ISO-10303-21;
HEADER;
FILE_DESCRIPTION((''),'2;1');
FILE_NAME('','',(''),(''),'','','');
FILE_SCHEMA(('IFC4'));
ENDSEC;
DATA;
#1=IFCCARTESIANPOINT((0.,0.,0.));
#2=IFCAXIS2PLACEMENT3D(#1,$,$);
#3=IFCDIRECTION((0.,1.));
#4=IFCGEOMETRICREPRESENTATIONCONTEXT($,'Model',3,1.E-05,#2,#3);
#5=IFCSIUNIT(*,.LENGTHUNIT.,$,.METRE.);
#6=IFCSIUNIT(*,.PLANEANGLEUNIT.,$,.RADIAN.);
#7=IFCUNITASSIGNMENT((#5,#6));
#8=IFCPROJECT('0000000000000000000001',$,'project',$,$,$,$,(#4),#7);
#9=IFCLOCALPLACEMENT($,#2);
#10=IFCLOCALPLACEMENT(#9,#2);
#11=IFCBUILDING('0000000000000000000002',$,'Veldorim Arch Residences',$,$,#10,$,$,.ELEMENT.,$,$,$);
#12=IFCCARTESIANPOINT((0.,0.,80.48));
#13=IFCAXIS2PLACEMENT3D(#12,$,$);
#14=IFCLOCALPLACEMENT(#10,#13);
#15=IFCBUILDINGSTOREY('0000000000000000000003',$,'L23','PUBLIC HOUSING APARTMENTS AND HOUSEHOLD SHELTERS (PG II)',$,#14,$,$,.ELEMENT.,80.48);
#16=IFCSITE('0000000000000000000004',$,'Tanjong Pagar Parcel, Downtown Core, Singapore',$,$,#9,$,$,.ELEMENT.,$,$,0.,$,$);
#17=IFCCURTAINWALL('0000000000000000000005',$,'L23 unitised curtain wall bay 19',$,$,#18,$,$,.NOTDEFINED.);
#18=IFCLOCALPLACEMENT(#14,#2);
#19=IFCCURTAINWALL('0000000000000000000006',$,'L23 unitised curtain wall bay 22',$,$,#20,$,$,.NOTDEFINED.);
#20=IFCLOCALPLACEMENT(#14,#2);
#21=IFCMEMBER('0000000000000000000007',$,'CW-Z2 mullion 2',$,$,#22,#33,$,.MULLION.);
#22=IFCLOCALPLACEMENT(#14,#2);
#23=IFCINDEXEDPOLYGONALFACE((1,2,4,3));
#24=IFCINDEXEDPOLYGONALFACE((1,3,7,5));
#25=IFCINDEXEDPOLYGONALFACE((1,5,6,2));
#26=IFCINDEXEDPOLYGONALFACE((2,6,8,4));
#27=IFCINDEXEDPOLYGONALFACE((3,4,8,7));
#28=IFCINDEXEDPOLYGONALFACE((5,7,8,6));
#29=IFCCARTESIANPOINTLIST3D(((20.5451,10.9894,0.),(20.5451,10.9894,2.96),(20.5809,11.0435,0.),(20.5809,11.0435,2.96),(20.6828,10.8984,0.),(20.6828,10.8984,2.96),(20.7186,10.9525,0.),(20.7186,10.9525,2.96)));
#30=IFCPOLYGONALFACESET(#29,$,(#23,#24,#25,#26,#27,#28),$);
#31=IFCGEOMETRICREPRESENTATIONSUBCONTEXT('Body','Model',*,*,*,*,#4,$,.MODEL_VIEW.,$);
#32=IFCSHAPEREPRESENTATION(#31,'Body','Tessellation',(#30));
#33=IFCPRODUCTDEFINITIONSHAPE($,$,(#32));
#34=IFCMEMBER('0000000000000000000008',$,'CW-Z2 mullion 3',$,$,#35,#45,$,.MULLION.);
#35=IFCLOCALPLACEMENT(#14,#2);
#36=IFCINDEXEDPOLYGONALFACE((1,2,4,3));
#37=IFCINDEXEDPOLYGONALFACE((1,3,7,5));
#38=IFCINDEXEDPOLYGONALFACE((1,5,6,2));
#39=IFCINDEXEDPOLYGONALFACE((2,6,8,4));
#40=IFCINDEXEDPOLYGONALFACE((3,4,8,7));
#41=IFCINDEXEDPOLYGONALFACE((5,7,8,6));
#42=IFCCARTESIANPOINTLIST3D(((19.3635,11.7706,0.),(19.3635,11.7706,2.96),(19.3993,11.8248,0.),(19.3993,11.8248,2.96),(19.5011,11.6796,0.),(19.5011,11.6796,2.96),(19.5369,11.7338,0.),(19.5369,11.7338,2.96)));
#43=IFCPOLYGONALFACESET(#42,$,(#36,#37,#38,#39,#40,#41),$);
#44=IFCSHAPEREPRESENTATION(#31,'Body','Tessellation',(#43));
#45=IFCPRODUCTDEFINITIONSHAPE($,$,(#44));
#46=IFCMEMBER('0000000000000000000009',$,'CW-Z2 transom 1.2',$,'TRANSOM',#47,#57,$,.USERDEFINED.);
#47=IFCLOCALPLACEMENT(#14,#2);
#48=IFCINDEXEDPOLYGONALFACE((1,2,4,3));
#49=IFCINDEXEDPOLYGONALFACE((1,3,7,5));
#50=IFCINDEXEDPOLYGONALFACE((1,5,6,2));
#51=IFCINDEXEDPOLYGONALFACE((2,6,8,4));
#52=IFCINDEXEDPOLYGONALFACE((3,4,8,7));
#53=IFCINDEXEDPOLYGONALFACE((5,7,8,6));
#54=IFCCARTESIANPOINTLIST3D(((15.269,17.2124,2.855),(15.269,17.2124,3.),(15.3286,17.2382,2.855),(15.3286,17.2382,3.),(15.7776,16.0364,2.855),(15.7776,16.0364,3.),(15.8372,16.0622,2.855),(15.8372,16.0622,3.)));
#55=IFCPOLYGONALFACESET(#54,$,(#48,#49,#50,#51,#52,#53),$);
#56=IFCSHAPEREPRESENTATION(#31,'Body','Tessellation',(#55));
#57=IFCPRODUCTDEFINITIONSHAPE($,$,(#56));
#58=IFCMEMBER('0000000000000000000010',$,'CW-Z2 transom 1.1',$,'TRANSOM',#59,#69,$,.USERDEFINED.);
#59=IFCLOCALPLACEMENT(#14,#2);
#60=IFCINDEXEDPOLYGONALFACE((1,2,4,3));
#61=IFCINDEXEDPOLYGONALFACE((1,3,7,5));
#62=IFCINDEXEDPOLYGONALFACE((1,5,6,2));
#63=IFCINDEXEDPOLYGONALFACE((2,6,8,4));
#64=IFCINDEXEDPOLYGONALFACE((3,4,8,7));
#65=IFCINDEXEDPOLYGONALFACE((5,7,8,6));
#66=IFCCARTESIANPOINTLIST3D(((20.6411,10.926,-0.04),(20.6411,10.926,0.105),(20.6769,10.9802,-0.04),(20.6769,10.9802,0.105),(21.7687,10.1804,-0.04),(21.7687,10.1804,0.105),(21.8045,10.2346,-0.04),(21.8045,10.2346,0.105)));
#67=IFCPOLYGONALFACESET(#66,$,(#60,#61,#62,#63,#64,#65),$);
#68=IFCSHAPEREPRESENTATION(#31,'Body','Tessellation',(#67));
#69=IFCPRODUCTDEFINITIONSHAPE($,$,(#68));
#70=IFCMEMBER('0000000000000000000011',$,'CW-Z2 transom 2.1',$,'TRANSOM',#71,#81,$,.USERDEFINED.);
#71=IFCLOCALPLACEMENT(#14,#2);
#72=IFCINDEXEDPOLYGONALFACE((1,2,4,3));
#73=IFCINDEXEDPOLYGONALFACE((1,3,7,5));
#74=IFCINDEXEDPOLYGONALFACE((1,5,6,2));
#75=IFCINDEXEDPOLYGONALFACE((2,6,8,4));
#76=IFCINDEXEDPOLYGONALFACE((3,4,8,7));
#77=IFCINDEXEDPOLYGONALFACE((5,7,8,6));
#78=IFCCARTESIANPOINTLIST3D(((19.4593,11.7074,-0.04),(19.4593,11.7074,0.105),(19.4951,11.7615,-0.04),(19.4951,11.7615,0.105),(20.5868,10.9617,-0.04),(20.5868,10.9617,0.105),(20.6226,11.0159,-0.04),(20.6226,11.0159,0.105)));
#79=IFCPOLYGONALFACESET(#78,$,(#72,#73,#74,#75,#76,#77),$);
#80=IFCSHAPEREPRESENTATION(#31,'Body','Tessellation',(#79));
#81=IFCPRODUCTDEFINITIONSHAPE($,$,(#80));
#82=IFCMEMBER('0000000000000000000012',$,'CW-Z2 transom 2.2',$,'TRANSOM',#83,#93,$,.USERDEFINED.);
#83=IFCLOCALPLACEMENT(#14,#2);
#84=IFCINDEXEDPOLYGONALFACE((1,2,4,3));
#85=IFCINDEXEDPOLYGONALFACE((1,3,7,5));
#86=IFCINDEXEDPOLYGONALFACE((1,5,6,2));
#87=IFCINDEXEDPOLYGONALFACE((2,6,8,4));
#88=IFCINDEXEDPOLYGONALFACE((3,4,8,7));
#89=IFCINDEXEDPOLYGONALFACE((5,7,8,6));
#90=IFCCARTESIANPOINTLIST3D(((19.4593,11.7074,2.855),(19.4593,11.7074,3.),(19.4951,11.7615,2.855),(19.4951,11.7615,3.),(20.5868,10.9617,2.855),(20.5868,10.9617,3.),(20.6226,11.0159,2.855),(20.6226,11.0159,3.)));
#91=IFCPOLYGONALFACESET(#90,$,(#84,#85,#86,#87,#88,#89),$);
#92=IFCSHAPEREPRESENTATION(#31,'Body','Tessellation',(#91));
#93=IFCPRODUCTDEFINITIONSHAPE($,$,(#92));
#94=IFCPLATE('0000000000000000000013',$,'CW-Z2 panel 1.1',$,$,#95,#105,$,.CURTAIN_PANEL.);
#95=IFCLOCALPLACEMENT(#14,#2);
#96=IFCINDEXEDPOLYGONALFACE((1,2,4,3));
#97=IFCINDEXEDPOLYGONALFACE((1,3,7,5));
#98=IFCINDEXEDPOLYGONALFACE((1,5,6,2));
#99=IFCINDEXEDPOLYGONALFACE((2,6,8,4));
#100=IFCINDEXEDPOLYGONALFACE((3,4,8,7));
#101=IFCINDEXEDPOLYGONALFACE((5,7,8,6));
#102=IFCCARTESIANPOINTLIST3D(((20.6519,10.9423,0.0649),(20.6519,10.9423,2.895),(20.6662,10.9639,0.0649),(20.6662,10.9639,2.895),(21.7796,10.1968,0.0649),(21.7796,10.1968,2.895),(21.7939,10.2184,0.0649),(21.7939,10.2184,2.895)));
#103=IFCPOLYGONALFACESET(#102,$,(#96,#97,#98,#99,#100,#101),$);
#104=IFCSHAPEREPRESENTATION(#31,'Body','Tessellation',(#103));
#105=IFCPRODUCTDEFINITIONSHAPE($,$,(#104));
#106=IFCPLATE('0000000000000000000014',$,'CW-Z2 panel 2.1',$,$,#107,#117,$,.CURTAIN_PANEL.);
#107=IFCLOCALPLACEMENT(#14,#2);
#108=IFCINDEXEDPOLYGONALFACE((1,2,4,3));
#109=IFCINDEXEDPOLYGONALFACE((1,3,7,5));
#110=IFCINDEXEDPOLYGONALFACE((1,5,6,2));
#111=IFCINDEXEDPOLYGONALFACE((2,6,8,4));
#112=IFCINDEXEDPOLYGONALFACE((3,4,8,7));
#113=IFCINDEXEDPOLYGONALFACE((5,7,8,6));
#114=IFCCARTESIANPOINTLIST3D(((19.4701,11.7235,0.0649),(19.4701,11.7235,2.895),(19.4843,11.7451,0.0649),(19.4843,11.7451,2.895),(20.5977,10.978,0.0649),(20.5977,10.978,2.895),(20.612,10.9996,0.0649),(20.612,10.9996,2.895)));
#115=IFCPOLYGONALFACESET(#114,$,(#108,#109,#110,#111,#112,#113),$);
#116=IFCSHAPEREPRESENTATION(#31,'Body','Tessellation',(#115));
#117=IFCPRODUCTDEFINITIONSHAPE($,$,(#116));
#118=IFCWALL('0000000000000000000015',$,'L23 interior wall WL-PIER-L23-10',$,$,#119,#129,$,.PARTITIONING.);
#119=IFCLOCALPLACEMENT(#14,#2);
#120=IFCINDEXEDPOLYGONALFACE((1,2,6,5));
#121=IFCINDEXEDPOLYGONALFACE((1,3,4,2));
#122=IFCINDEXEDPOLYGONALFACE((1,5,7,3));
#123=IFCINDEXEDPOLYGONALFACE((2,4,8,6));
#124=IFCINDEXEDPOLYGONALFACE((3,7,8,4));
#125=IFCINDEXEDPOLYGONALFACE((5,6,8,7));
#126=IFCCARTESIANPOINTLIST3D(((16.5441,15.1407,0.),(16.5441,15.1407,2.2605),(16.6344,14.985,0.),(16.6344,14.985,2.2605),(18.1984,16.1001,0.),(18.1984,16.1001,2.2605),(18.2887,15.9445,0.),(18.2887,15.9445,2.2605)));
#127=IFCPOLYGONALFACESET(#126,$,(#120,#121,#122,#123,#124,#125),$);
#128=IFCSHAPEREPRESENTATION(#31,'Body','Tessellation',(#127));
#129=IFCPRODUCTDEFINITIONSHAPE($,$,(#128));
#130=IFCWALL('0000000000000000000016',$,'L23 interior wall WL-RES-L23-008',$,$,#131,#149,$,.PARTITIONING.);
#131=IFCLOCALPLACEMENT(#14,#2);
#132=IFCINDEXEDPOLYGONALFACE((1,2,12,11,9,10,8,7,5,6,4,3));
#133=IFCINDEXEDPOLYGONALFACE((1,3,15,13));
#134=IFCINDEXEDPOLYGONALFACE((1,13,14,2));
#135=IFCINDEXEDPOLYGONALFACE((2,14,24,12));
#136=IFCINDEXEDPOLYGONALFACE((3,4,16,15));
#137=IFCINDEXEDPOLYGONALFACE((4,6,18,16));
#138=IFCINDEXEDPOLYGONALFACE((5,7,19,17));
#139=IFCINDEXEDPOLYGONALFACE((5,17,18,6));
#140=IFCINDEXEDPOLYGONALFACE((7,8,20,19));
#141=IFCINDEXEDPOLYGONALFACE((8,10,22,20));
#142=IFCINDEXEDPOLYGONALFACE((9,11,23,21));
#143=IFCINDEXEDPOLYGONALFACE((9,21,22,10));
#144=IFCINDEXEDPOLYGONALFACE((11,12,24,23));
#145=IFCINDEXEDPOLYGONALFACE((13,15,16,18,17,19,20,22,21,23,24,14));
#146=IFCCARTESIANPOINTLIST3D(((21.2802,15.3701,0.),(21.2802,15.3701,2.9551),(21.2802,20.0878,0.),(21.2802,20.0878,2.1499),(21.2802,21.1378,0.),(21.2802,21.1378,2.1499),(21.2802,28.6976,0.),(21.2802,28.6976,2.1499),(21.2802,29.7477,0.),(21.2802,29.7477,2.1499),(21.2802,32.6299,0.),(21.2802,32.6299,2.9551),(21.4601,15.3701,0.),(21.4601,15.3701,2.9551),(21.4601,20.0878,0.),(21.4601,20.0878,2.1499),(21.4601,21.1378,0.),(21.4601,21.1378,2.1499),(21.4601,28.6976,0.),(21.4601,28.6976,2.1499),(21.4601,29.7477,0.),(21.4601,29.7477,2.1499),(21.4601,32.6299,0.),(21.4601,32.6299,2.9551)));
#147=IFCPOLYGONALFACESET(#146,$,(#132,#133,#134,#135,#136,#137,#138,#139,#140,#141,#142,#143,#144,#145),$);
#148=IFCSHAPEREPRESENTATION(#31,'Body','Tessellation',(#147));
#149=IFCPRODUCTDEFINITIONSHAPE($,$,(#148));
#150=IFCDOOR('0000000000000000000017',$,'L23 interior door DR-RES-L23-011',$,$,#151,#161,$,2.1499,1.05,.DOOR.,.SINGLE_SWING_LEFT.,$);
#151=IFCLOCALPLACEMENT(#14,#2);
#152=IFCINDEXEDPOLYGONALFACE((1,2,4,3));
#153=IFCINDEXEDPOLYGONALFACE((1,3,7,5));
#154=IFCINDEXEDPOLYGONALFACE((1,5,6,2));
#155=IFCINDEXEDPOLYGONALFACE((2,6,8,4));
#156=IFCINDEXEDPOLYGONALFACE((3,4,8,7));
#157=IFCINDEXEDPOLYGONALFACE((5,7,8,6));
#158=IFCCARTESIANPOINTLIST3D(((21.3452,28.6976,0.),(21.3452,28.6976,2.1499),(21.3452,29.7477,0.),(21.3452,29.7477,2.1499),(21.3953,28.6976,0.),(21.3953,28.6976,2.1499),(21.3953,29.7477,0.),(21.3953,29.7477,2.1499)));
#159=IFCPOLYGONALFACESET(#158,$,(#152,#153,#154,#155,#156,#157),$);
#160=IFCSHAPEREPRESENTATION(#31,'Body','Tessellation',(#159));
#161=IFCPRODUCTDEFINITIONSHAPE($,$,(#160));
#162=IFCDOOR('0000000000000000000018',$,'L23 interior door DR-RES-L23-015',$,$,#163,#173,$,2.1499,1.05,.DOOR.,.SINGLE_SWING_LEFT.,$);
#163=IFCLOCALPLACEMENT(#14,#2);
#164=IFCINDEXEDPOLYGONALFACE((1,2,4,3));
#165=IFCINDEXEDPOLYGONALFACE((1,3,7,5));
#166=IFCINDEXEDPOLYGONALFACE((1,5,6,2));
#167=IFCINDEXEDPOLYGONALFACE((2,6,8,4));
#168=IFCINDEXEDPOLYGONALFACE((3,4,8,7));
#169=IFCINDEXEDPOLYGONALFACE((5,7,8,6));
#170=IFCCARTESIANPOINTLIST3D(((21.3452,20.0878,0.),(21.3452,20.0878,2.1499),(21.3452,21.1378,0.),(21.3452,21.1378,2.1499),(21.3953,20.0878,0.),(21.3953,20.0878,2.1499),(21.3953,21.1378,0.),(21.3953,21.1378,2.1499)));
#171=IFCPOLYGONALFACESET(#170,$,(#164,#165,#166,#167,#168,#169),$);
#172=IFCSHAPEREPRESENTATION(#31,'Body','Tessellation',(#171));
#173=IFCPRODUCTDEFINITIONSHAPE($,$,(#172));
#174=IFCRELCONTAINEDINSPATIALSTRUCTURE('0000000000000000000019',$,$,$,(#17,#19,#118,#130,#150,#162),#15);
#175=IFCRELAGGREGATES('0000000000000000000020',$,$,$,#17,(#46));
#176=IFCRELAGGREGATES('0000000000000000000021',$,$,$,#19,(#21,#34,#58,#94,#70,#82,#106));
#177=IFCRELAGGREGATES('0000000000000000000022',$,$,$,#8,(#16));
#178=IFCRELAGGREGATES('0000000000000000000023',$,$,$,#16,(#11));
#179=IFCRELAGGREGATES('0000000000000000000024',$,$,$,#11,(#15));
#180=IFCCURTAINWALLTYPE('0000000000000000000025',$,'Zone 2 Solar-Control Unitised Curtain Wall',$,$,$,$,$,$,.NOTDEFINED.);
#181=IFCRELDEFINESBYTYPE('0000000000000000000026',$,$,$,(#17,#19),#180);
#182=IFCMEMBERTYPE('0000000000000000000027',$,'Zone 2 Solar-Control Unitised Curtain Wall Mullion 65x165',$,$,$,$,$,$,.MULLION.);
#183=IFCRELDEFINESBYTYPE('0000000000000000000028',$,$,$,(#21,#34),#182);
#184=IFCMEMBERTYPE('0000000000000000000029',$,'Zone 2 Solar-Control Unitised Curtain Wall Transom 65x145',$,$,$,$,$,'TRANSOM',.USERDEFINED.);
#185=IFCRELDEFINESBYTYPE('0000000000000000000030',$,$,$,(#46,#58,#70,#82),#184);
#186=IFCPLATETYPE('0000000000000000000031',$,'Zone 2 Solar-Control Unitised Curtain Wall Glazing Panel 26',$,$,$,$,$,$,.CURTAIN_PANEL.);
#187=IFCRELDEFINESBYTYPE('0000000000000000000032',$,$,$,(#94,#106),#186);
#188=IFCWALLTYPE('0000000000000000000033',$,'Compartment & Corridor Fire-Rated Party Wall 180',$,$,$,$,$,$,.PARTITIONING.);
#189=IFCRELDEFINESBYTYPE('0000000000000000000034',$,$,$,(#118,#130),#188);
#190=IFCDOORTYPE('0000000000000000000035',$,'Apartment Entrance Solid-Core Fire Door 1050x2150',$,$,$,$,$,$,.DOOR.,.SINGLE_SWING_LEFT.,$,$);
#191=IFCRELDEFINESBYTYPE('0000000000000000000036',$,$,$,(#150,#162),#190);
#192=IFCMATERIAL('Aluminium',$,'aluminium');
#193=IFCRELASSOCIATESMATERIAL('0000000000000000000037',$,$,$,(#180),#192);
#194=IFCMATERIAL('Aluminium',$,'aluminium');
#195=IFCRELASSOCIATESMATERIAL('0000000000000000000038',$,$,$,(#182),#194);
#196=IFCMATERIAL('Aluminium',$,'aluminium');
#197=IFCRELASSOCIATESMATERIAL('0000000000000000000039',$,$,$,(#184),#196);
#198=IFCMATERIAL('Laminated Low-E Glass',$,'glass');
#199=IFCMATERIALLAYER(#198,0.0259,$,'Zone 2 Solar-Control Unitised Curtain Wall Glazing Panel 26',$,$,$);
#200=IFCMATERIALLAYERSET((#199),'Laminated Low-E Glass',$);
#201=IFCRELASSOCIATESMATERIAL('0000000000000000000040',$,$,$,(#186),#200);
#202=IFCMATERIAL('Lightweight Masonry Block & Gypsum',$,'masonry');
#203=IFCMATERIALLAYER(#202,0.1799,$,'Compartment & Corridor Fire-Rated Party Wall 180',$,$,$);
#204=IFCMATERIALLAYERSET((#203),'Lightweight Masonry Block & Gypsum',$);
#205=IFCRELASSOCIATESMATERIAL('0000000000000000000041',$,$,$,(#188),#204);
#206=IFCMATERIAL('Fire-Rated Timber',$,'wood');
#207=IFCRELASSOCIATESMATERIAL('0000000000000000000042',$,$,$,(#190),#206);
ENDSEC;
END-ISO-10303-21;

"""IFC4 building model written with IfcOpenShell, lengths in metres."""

from ifc_helpers import new_model, si_unit, direction, frame, frame_2d, origin, origin_2d, place, context, subcontext, project, spatial, rectangle, extrude, material, layer, layer_set, material_profile, profile_set, type_object, element, fill, aggregate, save


model = new_model("IFC4")

# Units and contexts
model_context = context("Model", 3, precision=1e-05, world=origin(), true_north=direction((0.0, 1.0)))
body_context = subcontext(model_context, "Body", "Model", "MODEL_VIEW")
ifc_project = project(units=[si_unit("LENGTHUNIT", "METRE"), si_unit("PLANEANGLEUNIT", "RADIAN")], contexts=[model_context])

# Site, building, storey
site_placement = place(None, origin())
site = spatial("IfcSite", under=ifc_project, at=site_placement, Name="Tanjong Pagar Parcel, Downtown Core, Singapore", CompositionType="ELEMENT", RefElevation=0.0)
building_placement = place(site_placement, origin())
building = spatial("IfcBuilding", under=site, at=building_placement, Name="Veldorim Arch Residences", CompositionType="ELEMENT")
storey_placement = place(building_placement, frame((0.0, 0.0, 80.48)))
storey = spatial("IfcBuildingStorey", under=building, at=storey_placement, Name="L23", Description="PUBLIC HOUSING APARTMENTS AND HOUSEHOLD SHELTERS (PG II)", CompositionType="ELEMENT", Elevation=80.48)

# Curtain wall
ifc_material_1 = material(Name="Aluminium", Category="aluminium")
curtain_wall_type = type_object("IfcCurtainWallType", Name="Zone 2 Solar-Control Unitised Curtain Wall", PredefinedType="NOTDEFINED", material=ifc_material_1)
curtain_wall_1_placement = place(storey_placement, origin())
curtain_wall_1 = element("IfcCurtainWall", 1, at=curtain_wall_1_placement, inside=storey, type_object=curtain_wall_type, Name="L23 unitised curtain wall bay 19", PredefinedType="NOTDEFINED")
ifc_material_2 = material(Name="Aluminium", Category="aluminium")
ifc_material_profile_1 = material_profile(ifc_material_2, rectangle(XDim=0.0649, YDim=0.165, at=origin_2d()), Name="ALU_MUL_65x165")
ifc_profile_set_1 = profile_set([ifc_material_profile_1], Name="Aluminium")
member_type_1 = type_object("IfcMemberType", Name="Zone 2 Solar-Control Unitised Curtain Wall Mullion 65x165", PredefinedType="MULLION", material=ifc_profile_set_1)

# Curtain wall, members
curtain_wall_2_placement = place(storey_placement, origin())
curtain_wall_2 = element("IfcCurtainWall", 2, at=curtain_wall_2_placement, inside=storey, type_object=curtain_wall_type, Name="L23 unitised curtain wall bay 22", PredefinedType="NOTDEFINED")
member_1_placement = place(storey_placement, frame((20.6318, 10.9709, 0.0), z_axis=(0.0, 0.0, 1.0), x_axis=(-0.551503, -0.834173, 0.0)))
member_1 = element("IfcMember", 3, at=member_1_placement, type_object=member_type_1, Name="CW-Z2 mullion 2", PredefinedType="MULLION", context=body_context, shape_type="SweptSolid", body=[
    extrude(rectangle(XDim=0.0649, YDim=0.165, at=origin_2d()), origin(), (0.0, 0.0, 1.0), 2.96),
])
member_2_placement = place(storey_placement, frame((19.4502, 11.7522, 0.0), z_axis=(0.0, 0.0, 1.0), x_axis=(-0.551503, -0.834173, 0.0)))
member_2 = element("IfcMember", 4, at=member_2_placement, type_object=member_type_1, Name="CW-Z2 mullion 3", PredefinedType="MULLION", context=body_context, shape_type="SweptSolid", body=[
    extrude(rectangle(XDim=0.0649, YDim=0.165, at=origin_2d()), origin(), (0.0, 0.0, 1.0), 2.96),
])

# Members
ifc_material_3 = material(Name="Aluminium", Category="aluminium")
ifc_material_profile_2 = material_profile(ifc_material_3, rectangle(XDim=0.0649, YDim=0.145, at=origin_2d()), Name="ALU_TRN_65x145")
ifc_profile_set_2 = profile_set([ifc_material_profile_2], Name="Aluminium")
member_type_2 = type_object("IfcMemberType", Name="Zone 2 Solar-Control Unitised Curtain Wall Transom 65x145", ElementType="TRANSOM", PredefinedType="USERDEFINED", material=ifc_profile_set_2)
member_3_placement = place(storey_placement, frame((15.8074, 16.0493, 2.9275), z_axis=(-0.396907, 0.917859, 0.0), x_axis=(-0.917859, -0.396907, 0.0)))
member_3 = element("IfcMember", 5, at=member_3_placement, type_object=member_type_2, Name="CW-Z2 transom 1.2", ObjectType="TRANSOM", PredefinedType="USERDEFINED", context=body_context, shape_type="SweptSolid", body=[
    extrude(rectangle(XDim=0.0649, YDim=0.145, at=origin_2d()), origin(), (0.0, 0.0, 1.0), 1.2812),
])
aggregate(curtain_wall_1, [member_3])
member_4_placement = place(storey_placement, frame((21.7866, 10.2075, 0.0325), z_axis=(-0.834156, 0.551529, 0.0), x_axis=(-0.551529, -0.834156, 0.0)))
member_4 = element("IfcMember", 6, at=member_4_placement, type_object=member_type_2, Name="CW-Z2 transom 1.1", ObjectType="TRANSOM", PredefinedType="USERDEFINED", context=body_context, shape_type="SweptSolid", body=[
    extrude(rectangle(XDim=0.0649, YDim=0.145, at=origin_2d()), origin(), (0.0, 0.0, 1.0), 1.3518),
])
member_5_placement = place(storey_placement, frame((20.6047, 10.9888, 0.0325), z_axis=(-0.834101, 0.551612, 0.0), x_axis=(-0.551612, -0.834101, 0.0)))
member_5 = element("IfcMember", 7, at=member_5_placement, type_object=member_type_2, Name="CW-Z2 transom 2.1", ObjectType="TRANSOM", PredefinedType="USERDEFINED", context=body_context, shape_type="SweptSolid", body=[
    extrude(rectangle(XDim=0.0649, YDim=0.145, at=origin_2d()), origin(), (0.0, 0.0, 1.0), 1.3518),
])
member_6_placement = place(storey_placement, frame((20.6047, 10.9888, 2.9275), z_axis=(-0.834101, 0.551612, 0.0), x_axis=(-0.551612, -0.834101, 0.0)))
member_6 = element("IfcMember", 8, at=member_6_placement, type_object=member_type_2, Name="CW-Z2 transom 2.2", ObjectType="TRANSOM", PredefinedType="USERDEFINED", context=body_context, shape_type="SweptSolid", body=[
    extrude(rectangle(XDim=0.0649, YDim=0.145, at=origin_2d()), origin(), (0.0, 0.0, 1.0), 1.3518),
])

# Plates
ifc_material_4 = material(Name="Laminated Low-E Glass", Category="glass")
ifc_layer_1 = layer(ifc_material_4, 0.0259, Name="Zone 2 Solar-Control Unitised Curtain Wall Glazing Panel 26")
ifc_layer_set_1 = layer_set([ifc_layer_1], Name="Laminated Low-E Glass")
plate_type = type_object("IfcPlateType", Name="Zone 2 Solar-Control Unitised Curtain Wall Glazing Panel 26", PredefinedType="CURTAIN_PANEL", material=ifc_layer_set_1)
plate_1_placement = place(storey_placement, frame((21.2229, 10.5803, 0.0649), z_axis=(0.0, 0.0, 1.0), x_axis=(-0.834173, 0.551503, 0.0)))
plate_1 = element("IfcPlate", 9, at=plate_1_placement, type_object=plate_type, Name="CW-Z2 panel 1.1", PredefinedType="CURTAIN_PANEL", context=body_context, shape_type="SweptSolid", body=[
    extrude(rectangle(XDim=1.3518, YDim=0.0259, at=origin_2d()), origin(), (0.0, 0.0, 1.0), 2.8301),
])
plate_2_placement = place(storey_placement, frame((20.041, 11.3616, 0.0649), z_axis=(0.0, 0.0, 1.0), x_axis=(-0.834173, 0.551503, 0.0)))
plate_2 = element("IfcPlate", 10, at=plate_2_placement, type_object=plate_type, Name="CW-Z2 panel 2.1", PredefinedType="CURTAIN_PANEL", context=body_context, shape_type="SweptSolid", body=[
    extrude(rectangle(XDim=1.3518, YDim=0.0259, at=origin_2d()), origin(), (0.0, 0.0, 1.0), 2.8301),
])
aggregate(curtain_wall_2, [member_1, member_2, member_4, plate_1, member_5, member_6, plate_2])

# Wall
ifc_material_5 = material(Name="Lightweight Masonry Block & Gypsum", Category="masonry")
ifc_layer_2 = layer(ifc_material_5, 0.1799, Name="Compartment & Corridor Fire-Rated Party Wall 180")
ifc_layer_set_2 = layer_set([ifc_layer_2], Name="Lightweight Masonry Block & Gypsum")
wall_type_1 = type_object("IfcWallType", Name="Compartment & Corridor Fire-Rated Party Wall 180", PredefinedType="PARTITIONING", material=ifc_layer_set_2)
wall_1_placement = place(storey_placement, frame((18.2434, 16.0222, 0.0), z_axis=(0.0, 0.0, 1.0), x_axis=(-0.865036, -0.50171, 0.0)))
element("IfcWall", 11, at=wall_1_placement, inside=storey, type_object=wall_type_1, Name="L23 interior wall WL-PIER-L23-10", PredefinedType="PARTITIONING", context=body_context, shape_type="SweptSolid", body=[
    extrude(rectangle(XDim=1.9124, YDim=0.1799, at=frame_2d((0.9561, 0.0))), origin(), (0.0, 0.0, 1.0), 2.2605),
])

# Wall, openings, doors
wall_2_placement = place(storey_placement, frame((21.3701, 15.3701, 0.0), z_axis=(0.0, 0.0, 1.0), x_axis=(0.0, 1.0, 0.0)))
wall_2 = element("IfcWall", 12, at=wall_2_placement, inside=storey, type_object=wall_type_1, Name="L23 interior wall WL-RES-L23-008", PredefinedType="PARTITIONING", context=body_context, shape_type="SweptSolid", body=[
    extrude(rectangle(XDim=17.2598, YDim=0.1799, at=frame_2d((8.6299, 0.0))), origin(), (0.0, 0.0, 1.0), 2.9551),
])
opening_1_placement = place(wall_2_placement, frame((13.3276, 0.0, 0.0)))
opening_1 = element("IfcOpeningElement", 13, at=opening_1_placement, cuts=wall_2, PredefinedType="OPENING", context=body_context, shape_type="SweptSolid", body=[
    extrude(rectangle(XDim=1.05, YDim=2.1499, at=frame_2d((0.5249, 1.075))), frame((0.0, 0.0999, 0.0), z_axis=(0.0, -1.0, 0.0), x_axis=(1.0, 0.0, 0.0)), (0.0, 0.0, 1.0), 0.2),
])
opening_2_placement = place(wall_2_placement, frame((4.7178, 0.0, 0.0)))
opening_2 = element("IfcOpeningElement", 14, at=opening_2_placement, cuts=wall_2, PredefinedType="OPENING", context=body_context, shape_type="SweptSolid", body=[
    extrude(rectangle(XDim=1.05, YDim=2.1499, at=frame_2d((0.5249, 1.075))), frame((0.0, 0.0999, 0.0), z_axis=(0.0, -1.0, 0.0), x_axis=(1.0, 0.0, 0.0)), (0.0, 0.0, 1.0), 0.2),
])
ifc_material_6 = material(Name="Fire-Rated Timber", Category="wood")
door_type = type_object("IfcDoorType", Name="Apartment Entrance Solid-Core Fire Door 1050x2150", OperationType="SINGLE_SWING_LEFT", PredefinedType="DOOR", material=ifc_material_6)
door_1_placement = place(opening_1_placement, origin())
door_1 = element("IfcDoor", 15, at=door_1_placement, inside=storey, type_object=door_type, Name="L23 interior door DR-RES-L23-011", OperationType="SINGLE_SWING_LEFT", OverallHeight=2.1499, OverallWidth=1.05, PredefinedType="DOOR", context=body_context, shape_type="SweptSolid", body=[
    extrude(rectangle(XDim=1.05, YDim=2.1499, at=frame_2d((0.5249, 1.075))), frame((0.0, 0.0249, 0.0), z_axis=(0.0, -1.0, 0.0), x_axis=(1.0, 0.0, 0.0)), (0.0, 0.0, 1.0), 0.05),
])
fill(opening_1, door_1)
door_2_placement = place(opening_2_placement, origin())
door_2 = element("IfcDoor", 16, at=door_2_placement, inside=storey, type_object=door_type, Name="L23 interior door DR-RES-L23-015", OperationType="SINGLE_SWING_LEFT", OverallHeight=2.1499, OverallWidth=1.05, PredefinedType="DOOR", context=body_context, shape_type="SweptSolid", body=[
    extrude(rectangle(XDim=1.05, YDim=2.1499, at=frame_2d((0.5249, 1.075))), frame((0.0, 0.0249, 0.0), z_axis=(0.0, -1.0, 0.0), x_axis=(1.0, 0.0, 0.0)), (0.0, 0.0, 1.0), 0.05),
])
fill(opening_2, door_2)

save(model, "model.ifc")
